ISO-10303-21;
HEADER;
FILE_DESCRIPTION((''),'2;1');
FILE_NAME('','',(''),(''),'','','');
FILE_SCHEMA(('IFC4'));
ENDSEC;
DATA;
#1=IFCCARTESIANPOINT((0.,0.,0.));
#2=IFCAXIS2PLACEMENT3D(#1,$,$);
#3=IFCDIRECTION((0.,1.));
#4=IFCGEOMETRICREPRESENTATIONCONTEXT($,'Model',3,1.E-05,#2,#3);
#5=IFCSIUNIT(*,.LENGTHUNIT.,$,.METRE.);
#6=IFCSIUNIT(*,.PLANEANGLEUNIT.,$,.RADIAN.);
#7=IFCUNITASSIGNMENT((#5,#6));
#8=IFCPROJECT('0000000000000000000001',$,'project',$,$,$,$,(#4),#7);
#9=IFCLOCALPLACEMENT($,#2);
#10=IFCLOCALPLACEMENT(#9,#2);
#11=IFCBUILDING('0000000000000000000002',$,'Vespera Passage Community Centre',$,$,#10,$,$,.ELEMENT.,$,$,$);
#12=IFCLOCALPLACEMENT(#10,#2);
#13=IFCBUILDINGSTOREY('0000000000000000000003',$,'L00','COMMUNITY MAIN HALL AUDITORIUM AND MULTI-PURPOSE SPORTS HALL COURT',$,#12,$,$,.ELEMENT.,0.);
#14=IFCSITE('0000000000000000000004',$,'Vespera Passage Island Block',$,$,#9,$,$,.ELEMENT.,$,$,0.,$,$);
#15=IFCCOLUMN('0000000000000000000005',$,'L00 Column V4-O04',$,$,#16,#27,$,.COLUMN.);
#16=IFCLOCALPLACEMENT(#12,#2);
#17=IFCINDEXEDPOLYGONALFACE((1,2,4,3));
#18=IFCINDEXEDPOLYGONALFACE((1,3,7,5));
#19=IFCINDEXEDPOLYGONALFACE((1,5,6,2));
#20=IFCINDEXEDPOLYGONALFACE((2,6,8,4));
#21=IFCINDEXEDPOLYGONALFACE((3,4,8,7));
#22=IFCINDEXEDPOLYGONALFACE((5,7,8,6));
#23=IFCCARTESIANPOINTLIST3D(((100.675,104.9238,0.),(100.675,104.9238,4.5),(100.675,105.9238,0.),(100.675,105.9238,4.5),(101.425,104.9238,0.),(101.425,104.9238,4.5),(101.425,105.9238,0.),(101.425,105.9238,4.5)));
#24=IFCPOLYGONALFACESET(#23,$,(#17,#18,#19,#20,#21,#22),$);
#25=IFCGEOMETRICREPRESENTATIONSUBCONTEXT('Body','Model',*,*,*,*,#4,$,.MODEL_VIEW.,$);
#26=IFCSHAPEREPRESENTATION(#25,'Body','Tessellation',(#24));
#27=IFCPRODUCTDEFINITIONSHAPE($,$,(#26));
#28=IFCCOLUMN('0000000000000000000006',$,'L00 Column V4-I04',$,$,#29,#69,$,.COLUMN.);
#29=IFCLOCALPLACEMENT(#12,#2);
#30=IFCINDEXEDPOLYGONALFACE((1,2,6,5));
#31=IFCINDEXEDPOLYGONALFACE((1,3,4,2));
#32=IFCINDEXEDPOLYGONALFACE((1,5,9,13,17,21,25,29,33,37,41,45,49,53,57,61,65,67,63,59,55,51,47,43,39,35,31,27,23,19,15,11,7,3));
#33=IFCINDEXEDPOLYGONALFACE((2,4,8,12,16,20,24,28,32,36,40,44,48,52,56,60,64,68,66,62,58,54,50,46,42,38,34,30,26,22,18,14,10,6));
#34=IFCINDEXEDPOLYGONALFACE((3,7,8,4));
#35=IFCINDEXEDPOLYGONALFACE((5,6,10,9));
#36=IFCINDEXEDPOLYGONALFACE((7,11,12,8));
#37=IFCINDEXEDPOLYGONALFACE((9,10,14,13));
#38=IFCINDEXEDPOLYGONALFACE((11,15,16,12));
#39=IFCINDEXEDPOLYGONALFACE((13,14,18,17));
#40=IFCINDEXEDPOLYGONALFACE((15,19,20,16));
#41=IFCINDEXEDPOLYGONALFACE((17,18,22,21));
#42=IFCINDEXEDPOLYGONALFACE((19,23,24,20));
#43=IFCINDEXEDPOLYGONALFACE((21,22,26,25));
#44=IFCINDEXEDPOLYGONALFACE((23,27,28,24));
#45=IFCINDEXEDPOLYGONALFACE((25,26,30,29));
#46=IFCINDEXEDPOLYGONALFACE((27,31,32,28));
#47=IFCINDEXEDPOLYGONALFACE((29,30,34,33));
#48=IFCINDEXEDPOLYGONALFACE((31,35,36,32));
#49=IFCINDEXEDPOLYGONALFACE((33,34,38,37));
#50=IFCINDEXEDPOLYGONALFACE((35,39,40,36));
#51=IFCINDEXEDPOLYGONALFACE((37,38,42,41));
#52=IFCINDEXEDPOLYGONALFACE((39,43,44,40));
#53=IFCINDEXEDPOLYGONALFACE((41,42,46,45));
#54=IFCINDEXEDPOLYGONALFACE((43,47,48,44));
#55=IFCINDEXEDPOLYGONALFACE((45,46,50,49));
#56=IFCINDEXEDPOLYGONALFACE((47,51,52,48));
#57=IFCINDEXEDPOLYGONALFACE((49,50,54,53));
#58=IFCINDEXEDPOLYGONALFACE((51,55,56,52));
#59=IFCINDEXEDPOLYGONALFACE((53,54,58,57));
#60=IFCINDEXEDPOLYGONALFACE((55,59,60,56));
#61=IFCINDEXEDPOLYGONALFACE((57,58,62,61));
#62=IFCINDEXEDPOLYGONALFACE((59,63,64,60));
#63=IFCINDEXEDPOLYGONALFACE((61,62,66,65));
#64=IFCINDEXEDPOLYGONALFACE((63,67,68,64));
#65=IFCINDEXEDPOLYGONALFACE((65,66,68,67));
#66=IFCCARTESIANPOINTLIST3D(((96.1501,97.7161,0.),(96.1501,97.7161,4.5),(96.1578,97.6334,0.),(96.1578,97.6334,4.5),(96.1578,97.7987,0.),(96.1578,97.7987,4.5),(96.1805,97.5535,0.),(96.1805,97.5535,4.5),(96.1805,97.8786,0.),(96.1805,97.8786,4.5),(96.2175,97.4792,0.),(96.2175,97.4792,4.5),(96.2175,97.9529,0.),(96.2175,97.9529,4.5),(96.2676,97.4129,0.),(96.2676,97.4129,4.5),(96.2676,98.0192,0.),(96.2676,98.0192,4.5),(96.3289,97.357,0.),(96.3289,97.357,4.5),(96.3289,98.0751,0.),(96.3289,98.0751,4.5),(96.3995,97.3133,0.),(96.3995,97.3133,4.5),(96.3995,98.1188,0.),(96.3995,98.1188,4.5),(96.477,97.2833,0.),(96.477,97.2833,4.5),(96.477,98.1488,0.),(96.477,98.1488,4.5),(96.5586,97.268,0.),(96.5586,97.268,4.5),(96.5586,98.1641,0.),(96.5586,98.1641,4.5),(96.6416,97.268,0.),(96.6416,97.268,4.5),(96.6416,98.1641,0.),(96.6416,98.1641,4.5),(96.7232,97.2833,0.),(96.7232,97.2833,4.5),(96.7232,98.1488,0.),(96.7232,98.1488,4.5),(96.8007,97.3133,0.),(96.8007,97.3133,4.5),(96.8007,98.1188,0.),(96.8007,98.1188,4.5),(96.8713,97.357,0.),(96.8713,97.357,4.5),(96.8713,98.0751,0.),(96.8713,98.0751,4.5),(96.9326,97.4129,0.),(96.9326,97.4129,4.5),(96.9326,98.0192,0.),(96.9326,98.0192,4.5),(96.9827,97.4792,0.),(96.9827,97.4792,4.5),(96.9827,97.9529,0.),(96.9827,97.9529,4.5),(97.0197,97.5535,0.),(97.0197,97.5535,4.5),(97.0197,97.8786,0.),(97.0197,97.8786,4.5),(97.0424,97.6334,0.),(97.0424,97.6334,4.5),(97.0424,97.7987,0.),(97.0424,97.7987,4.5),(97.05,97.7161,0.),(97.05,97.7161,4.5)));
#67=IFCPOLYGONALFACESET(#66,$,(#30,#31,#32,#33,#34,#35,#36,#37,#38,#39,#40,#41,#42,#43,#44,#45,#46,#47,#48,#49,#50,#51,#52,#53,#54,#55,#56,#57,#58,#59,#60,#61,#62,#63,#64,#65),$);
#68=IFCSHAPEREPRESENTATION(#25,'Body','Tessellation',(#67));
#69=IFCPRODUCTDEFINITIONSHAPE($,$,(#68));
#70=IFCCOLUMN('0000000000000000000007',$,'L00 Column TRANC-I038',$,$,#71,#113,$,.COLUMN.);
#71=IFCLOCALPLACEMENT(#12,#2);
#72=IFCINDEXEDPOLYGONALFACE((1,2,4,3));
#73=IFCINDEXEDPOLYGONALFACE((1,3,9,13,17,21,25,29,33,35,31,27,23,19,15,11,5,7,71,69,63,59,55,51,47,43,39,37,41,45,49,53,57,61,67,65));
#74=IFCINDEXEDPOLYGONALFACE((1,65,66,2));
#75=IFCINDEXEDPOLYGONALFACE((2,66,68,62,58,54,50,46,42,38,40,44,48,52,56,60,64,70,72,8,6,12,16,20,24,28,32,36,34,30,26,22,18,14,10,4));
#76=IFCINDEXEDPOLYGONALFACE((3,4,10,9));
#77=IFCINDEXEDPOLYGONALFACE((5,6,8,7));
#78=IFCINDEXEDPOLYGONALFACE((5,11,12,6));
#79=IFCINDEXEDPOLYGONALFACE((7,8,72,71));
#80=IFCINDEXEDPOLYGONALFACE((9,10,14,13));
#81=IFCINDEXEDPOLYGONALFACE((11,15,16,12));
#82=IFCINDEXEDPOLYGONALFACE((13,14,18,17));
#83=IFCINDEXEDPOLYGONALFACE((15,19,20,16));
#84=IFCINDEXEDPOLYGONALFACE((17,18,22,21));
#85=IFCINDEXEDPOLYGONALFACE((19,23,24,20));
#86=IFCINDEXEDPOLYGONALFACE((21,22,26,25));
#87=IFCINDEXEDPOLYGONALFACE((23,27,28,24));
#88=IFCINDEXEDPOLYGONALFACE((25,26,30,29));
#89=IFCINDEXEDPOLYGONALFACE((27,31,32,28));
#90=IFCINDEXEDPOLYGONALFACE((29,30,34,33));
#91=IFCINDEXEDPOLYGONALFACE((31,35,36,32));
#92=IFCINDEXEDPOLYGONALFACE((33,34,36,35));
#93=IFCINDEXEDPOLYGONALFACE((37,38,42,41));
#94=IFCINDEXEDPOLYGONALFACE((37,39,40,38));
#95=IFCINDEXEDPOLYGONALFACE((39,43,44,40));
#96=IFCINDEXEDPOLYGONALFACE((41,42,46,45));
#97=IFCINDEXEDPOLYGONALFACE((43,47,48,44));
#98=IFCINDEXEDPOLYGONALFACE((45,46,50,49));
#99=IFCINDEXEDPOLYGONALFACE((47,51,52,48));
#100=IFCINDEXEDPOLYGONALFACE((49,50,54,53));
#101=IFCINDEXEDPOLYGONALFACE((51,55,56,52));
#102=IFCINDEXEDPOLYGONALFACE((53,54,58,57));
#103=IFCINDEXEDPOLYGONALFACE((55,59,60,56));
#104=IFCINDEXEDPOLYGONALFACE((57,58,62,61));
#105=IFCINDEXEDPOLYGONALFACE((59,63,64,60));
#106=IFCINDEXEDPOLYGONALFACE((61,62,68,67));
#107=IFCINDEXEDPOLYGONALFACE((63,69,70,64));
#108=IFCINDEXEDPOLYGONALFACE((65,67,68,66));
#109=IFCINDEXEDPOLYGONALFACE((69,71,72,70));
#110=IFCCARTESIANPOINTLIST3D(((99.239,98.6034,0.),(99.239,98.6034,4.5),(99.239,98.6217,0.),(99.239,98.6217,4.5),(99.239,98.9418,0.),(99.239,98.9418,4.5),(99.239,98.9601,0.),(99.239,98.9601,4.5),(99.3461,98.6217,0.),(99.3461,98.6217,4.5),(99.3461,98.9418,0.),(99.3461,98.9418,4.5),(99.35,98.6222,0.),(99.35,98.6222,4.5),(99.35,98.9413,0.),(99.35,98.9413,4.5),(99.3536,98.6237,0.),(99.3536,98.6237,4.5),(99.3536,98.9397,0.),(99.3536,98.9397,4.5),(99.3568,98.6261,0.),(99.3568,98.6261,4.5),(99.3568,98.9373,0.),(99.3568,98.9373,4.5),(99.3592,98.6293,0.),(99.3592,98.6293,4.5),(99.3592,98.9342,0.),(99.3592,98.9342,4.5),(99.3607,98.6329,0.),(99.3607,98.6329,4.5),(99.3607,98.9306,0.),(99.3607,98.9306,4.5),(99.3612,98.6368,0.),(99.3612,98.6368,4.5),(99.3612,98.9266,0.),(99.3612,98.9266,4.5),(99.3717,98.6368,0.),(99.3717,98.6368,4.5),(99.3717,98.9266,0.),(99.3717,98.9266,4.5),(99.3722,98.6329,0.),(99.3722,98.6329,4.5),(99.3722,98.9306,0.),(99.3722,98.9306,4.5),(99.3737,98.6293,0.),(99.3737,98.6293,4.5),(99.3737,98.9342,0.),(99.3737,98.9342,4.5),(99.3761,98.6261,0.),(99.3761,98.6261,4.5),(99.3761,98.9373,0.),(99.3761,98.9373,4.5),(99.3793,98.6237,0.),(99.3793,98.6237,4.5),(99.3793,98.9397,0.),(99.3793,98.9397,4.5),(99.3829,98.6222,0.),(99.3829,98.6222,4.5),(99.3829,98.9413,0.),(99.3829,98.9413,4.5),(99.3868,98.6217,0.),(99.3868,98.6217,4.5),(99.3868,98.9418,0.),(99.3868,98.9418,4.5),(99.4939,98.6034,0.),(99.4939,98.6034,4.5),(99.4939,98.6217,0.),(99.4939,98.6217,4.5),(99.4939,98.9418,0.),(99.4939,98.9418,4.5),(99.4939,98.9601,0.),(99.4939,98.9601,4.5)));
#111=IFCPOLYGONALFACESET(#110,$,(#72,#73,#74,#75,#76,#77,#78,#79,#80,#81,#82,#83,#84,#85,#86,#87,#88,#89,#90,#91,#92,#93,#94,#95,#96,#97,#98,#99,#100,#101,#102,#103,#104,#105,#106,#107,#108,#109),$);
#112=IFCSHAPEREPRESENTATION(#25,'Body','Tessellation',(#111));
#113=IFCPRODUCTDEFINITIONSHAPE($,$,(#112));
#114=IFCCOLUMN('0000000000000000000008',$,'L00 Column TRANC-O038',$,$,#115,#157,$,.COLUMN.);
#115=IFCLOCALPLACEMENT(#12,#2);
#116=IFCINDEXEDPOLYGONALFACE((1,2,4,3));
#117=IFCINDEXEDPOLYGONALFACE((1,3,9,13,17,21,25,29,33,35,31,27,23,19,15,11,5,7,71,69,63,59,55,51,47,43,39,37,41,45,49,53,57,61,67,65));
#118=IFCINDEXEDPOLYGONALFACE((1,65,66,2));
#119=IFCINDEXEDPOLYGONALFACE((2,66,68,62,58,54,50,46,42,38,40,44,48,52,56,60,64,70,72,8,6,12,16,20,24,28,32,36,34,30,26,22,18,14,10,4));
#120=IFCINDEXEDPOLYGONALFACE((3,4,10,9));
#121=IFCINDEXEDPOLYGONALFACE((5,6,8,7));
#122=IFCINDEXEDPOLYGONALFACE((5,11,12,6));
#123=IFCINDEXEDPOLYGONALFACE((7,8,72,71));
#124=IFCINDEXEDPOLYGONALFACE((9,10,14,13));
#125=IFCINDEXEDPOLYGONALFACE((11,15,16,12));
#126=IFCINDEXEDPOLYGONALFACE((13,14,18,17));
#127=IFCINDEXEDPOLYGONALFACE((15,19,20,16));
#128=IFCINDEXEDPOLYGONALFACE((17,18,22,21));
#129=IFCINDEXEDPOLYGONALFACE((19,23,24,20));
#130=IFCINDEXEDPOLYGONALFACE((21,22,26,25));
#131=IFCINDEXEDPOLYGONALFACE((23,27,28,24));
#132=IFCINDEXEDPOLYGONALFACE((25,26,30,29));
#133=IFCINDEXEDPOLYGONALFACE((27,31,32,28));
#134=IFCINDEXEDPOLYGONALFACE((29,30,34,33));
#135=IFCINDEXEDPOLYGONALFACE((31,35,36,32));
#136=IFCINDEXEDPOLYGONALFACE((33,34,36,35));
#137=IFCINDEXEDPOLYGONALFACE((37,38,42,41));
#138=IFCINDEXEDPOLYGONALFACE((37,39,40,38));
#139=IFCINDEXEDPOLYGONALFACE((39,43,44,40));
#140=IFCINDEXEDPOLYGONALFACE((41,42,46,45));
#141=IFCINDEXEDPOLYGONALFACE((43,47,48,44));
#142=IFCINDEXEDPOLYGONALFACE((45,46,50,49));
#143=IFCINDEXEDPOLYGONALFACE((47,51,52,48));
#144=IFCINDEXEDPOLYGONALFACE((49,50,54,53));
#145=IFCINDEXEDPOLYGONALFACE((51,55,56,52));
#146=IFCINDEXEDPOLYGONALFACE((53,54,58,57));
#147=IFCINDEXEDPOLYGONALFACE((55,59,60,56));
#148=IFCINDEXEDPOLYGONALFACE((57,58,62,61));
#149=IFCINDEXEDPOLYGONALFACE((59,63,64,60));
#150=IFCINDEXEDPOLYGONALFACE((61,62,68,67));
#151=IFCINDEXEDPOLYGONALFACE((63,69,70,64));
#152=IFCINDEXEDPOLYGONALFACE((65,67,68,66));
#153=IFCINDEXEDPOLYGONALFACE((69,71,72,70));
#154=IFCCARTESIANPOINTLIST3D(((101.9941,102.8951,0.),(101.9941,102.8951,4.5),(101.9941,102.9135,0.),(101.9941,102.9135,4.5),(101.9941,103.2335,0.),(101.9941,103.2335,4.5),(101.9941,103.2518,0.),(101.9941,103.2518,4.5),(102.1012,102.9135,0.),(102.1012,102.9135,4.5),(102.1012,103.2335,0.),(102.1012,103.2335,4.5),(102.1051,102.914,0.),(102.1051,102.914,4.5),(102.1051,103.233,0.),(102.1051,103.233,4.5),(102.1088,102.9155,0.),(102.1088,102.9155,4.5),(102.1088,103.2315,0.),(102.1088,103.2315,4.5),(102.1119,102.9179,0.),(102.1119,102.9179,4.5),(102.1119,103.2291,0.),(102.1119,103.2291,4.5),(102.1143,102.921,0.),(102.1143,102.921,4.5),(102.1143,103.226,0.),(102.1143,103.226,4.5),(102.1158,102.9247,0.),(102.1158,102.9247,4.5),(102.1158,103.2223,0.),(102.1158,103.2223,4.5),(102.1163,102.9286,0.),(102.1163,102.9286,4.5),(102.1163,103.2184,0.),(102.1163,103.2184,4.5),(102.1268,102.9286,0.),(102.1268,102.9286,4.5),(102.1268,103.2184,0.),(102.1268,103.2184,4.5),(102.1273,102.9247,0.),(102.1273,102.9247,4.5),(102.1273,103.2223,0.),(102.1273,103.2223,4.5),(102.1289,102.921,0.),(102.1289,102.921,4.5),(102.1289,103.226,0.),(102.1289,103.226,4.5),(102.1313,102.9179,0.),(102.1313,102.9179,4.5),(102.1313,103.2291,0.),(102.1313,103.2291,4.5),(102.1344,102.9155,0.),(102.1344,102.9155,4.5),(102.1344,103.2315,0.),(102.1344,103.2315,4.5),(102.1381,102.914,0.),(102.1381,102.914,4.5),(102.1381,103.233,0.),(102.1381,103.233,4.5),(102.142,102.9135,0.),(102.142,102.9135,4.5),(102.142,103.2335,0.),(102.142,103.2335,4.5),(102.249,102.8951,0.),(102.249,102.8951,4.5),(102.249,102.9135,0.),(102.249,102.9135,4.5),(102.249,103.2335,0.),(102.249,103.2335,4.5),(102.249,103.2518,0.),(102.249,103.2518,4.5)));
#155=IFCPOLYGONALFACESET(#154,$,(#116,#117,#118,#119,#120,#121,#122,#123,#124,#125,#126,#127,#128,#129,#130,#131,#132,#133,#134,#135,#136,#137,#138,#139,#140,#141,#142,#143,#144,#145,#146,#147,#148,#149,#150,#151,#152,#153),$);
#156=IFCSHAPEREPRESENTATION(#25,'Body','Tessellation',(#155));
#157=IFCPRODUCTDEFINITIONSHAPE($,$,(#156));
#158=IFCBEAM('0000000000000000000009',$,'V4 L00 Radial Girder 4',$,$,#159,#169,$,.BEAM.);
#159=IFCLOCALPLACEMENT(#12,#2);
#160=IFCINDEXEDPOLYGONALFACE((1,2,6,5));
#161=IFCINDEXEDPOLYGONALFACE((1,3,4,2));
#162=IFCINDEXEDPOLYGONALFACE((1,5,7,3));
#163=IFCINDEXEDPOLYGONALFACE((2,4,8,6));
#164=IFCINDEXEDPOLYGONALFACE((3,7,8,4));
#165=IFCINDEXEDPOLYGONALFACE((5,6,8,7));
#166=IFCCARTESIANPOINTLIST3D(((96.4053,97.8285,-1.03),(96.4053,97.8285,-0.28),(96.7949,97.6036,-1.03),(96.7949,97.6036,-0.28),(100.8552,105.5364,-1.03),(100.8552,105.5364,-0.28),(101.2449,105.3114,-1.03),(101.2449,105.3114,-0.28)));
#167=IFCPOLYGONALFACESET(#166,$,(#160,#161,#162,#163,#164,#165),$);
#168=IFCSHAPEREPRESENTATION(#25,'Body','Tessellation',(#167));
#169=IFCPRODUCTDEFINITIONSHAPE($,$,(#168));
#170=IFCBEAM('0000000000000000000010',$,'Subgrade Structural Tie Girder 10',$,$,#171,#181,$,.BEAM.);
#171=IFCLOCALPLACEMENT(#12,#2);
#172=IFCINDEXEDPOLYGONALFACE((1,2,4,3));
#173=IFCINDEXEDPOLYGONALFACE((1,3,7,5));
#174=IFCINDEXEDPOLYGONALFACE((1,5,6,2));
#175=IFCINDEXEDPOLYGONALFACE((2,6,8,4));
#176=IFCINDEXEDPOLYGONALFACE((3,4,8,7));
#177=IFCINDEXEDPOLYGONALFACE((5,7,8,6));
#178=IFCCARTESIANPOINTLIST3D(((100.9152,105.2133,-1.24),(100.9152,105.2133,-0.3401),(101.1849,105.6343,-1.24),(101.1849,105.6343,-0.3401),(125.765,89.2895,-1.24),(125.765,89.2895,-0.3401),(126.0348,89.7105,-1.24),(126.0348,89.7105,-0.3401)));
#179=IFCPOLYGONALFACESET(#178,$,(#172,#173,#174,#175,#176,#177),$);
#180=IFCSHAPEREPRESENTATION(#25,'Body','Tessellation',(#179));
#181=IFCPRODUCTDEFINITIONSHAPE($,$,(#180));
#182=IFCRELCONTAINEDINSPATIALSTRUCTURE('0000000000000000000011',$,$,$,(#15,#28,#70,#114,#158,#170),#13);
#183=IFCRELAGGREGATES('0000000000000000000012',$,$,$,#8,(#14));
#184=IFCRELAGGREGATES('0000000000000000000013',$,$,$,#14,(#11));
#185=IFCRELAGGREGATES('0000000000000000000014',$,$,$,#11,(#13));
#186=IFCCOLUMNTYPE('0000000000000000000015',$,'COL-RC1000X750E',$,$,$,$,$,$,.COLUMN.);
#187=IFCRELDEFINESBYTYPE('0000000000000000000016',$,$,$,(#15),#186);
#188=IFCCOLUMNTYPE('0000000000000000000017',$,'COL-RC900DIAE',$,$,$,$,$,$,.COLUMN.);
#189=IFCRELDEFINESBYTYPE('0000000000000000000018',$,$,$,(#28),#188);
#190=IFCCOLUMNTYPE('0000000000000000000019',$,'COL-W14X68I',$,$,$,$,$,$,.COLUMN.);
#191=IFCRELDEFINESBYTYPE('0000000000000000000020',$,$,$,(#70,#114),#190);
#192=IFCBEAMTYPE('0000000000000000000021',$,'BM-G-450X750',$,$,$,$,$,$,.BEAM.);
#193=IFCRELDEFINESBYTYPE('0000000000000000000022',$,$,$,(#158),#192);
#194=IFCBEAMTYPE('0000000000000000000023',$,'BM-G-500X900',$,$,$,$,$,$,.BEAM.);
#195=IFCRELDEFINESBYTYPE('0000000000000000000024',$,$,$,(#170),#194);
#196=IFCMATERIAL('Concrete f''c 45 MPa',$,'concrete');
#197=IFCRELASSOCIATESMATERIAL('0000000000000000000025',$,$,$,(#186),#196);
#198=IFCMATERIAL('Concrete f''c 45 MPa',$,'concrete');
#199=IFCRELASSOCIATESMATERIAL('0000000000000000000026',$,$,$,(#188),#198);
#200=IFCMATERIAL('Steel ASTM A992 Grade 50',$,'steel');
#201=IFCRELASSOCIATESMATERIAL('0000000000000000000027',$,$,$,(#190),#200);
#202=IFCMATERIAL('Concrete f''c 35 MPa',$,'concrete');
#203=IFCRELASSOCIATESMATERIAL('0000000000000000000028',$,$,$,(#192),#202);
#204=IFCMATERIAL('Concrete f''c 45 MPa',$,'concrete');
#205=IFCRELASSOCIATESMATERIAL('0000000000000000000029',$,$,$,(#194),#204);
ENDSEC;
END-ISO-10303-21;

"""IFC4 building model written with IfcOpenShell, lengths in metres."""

from ifc_helpers import new_model, si_unit, direction, frame, origin, origin_2d, place, context, subcontext, project, spatial, rectangle, circle, i_section, extrude, material, material_profile, profile_set, type_object, element, save


model = new_model("IFC4")

# Units and contexts
model_context = context("Model", 3, precision=1e-05, world=origin(), true_north=direction((0.0, 1.0)))
body_context = subcontext(model_context, "Body", "Model", "MODEL_VIEW")
ifc_project = project(units=[si_unit("LENGTHUNIT", "METRE"), si_unit("PLANEANGLEUNIT", "RADIAN")], contexts=[model_context])

# Site, building, storey
site_placement = place(None, origin())
site = spatial("IfcSite", under=ifc_project, at=site_placement, Name="Vespera Passage Island Block", CompositionType="ELEMENT", RefElevation=0.0)
building_placement = place(site_placement, origin())
building = spatial("IfcBuilding", under=site, at=building_placement, Name="Vespera Passage Community Centre", CompositionType="ELEMENT")
storey_placement = place(building_placement, origin())
storey = spatial("IfcBuildingStorey", under=building, at=storey_placement, Name="L00", Description="COMMUNITY MAIN HALL AUDITORIUM AND MULTI-PURPOSE SPORTS HALL COURT", CompositionType="ELEMENT", Elevation=0.0)

# Columns
ifc_material_1 = material(Name="Concrete f'c 45 MPa", Category="concrete")
ifc_material_profile_1 = material_profile(ifc_material_1, rectangle(XDim=0.75, YDim=1.0, at=origin_2d()), Name="RC1000X750")
ifc_profile_set_1 = profile_set([ifc_material_profile_1], Name="Concrete f'c 45 MPa")
column_type_1 = type_object("IfcColumnType", Name="COL-RC1000X750E", PredefinedType="COLUMN", material=ifc_profile_set_1)
column_1_placement = place(storey_placement, frame((101.05, 105.4238, 0.0), z_axis=(0.0, 0.0, 1.0), x_axis=(1.0, 0.0, 0.0)))
element("IfcColumn", 1, at=column_1_placement, inside=storey, type_object=column_type_1, Name="L00 Column V4-O04", PredefinedType="COLUMN", context=body_context, shape_type="SweptSolid", body=[
    extrude(rectangle(XDim=0.75, YDim=1.0, at=origin_2d()), origin(), (0.0, 0.0, 1.0), 4.5),
])
ifc_material_2 = material(Name="Concrete f'c 45 MPa", Category="concrete")
ifc_material_profile_2 = material_profile(ifc_material_2, circle(Radius=0.45, at=origin_2d()), Name="RC900DIA")
ifc_profile_set_2 = profile_set([ifc_material_profile_2], Name="Concrete f'c 45 MPa")
column_type_2 = type_object("IfcColumnType", Name="COL-RC900DIAE", PredefinedType="COLUMN", material=ifc_profile_set_2)
column_2_placement = place(storey_placement, frame((96.6001, 97.7161, 0.0), z_axis=(0.0, 0.0, 1.0), x_axis=(1.0, 0.0, 0.0)))
element("IfcColumn", 2, at=column_2_placement, inside=storey, type_object=column_type_2, Name="L00 Column V4-I04", PredefinedType="COLUMN", context=body_context, shape_type="SweptSolid", body=[
    extrude(circle(Radius=0.45, at=origin_2d()), origin(), (0.0, 0.0, 1.0), 4.5),
])
ifc_material_3 = material(Name="Steel ASTM A992 Grade 50", Category="steel")
ifc_material_profile_3 = material_profile(ifc_material_3, i_section(OverallWidth=0.2549, OverallDepth=0.3567, WebThickness=0.0105, FlangeThickness=0.0183, FilletRadius=0.0151, at=origin_2d()), Name="W14X68")
ifc_profile_set_3 = profile_set([ifc_material_profile_3], Name="Steel ASTM A992 Grade 50")
column_type_3 = type_object("IfcColumnType", Name="COL-W14X68I", PredefinedType="COLUMN", material=ifc_profile_set_3)
for number, where, z_axis, x_axis, name in (
    (3, (99.3665, 98.7817, 0.0), (0.0, 0.0, 1.0), (1.0, 0.0, 0.0), "L00 Column TRANC-I038"),
    (4, (102.1216, 103.0735, 0.0), (0.0, 0.0, 1.0), (1.0, 0.0, 0.0), "L00 Column TRANC-O038"),
):
    element("IfcColumn", number, at=place(storey_placement, frame(where, z_axis=z_axis, x_axis=x_axis)), inside=storey, type_object=column_type_3, Name=name, PredefinedType="COLUMN", context=body_context, shape_type="SweptSolid", body=[
        extrude(i_section(OverallWidth=0.2549, OverallDepth=0.3567, WebThickness=0.0105, FlangeThickness=0.0183, FilletRadius=0.0151, at=origin_2d()), origin(), (0.0, 0.0, 1.0), 4.5),
    ])

# Beams
ifc_material_4 = material(Name="Concrete f'c 35 MPa", Category="concrete")
ifc_material_profile_4 = material_profile(ifc_material_4, rectangle(XDim=0.45, YDim=0.75, at=origin_2d()), Name="RC450X750")
ifc_profile_set_4 = profile_set([ifc_material_profile_4], Name="Concrete f'c 35 MPa")
beam_type_1 = type_object("IfcBeamType", Name="BM-G-450X750", PredefinedType="BEAM", material=ifc_profile_set_4)
beam_1_placement = place(storey_placement, frame((96.6001, 97.7161, -0.655), z_axis=(0.499989, 0.866032, 0.0), x_axis=(-0.866032, 0.499989, 0.0)))
element("IfcBeam", 5, at=beam_1_placement, inside=storey, type_object=beam_type_1, Name="V4 L00 Radial Girder 4", PredefinedType="BEAM", context=body_context, shape_type="SweptSolid", body=[
    extrude(rectangle(XDim=0.45, YDim=0.75, at=origin_2d()), origin(), (0.0, 0.0, 1.0), 8.9001),
])
ifc_material_5 = material(Name="Concrete f'c 45 MPa", Category="concrete")
ifc_material_profile_5 = material_profile(ifc_material_5, rectangle(XDim=0.5, YDim=0.8999, at=origin_2d()), Name="RC500X900")
ifc_profile_set_5 = profile_set([ifc_material_profile_5], Name="Concrete f'c 45 MPa")
beam_type_2 = type_object("IfcBeamType", Name="BM-G-500X900", PredefinedType="BEAM", material=ifc_profile_set_5)
beam_2_placement = place(storey_placement, frame((101.05, 105.4238, -0.79), z_axis=(0.841965, -0.539532, 0.0), x_axis=(0.539532, 0.841965, 0.0)))
element("IfcBeam", 6, at=beam_2_placement, inside=storey, type_object=beam_type_2, Name="Subgrade Structural Tie Girder 10", PredefinedType="BEAM", context=body_context, shape_type="SweptSolid", body=[
    extrude(rectangle(XDim=0.5, YDim=0.8999, at=origin_2d()), origin(), (0.0, 0.0, 1.0), 29.5142),
])

save(model, "model.ifc")
